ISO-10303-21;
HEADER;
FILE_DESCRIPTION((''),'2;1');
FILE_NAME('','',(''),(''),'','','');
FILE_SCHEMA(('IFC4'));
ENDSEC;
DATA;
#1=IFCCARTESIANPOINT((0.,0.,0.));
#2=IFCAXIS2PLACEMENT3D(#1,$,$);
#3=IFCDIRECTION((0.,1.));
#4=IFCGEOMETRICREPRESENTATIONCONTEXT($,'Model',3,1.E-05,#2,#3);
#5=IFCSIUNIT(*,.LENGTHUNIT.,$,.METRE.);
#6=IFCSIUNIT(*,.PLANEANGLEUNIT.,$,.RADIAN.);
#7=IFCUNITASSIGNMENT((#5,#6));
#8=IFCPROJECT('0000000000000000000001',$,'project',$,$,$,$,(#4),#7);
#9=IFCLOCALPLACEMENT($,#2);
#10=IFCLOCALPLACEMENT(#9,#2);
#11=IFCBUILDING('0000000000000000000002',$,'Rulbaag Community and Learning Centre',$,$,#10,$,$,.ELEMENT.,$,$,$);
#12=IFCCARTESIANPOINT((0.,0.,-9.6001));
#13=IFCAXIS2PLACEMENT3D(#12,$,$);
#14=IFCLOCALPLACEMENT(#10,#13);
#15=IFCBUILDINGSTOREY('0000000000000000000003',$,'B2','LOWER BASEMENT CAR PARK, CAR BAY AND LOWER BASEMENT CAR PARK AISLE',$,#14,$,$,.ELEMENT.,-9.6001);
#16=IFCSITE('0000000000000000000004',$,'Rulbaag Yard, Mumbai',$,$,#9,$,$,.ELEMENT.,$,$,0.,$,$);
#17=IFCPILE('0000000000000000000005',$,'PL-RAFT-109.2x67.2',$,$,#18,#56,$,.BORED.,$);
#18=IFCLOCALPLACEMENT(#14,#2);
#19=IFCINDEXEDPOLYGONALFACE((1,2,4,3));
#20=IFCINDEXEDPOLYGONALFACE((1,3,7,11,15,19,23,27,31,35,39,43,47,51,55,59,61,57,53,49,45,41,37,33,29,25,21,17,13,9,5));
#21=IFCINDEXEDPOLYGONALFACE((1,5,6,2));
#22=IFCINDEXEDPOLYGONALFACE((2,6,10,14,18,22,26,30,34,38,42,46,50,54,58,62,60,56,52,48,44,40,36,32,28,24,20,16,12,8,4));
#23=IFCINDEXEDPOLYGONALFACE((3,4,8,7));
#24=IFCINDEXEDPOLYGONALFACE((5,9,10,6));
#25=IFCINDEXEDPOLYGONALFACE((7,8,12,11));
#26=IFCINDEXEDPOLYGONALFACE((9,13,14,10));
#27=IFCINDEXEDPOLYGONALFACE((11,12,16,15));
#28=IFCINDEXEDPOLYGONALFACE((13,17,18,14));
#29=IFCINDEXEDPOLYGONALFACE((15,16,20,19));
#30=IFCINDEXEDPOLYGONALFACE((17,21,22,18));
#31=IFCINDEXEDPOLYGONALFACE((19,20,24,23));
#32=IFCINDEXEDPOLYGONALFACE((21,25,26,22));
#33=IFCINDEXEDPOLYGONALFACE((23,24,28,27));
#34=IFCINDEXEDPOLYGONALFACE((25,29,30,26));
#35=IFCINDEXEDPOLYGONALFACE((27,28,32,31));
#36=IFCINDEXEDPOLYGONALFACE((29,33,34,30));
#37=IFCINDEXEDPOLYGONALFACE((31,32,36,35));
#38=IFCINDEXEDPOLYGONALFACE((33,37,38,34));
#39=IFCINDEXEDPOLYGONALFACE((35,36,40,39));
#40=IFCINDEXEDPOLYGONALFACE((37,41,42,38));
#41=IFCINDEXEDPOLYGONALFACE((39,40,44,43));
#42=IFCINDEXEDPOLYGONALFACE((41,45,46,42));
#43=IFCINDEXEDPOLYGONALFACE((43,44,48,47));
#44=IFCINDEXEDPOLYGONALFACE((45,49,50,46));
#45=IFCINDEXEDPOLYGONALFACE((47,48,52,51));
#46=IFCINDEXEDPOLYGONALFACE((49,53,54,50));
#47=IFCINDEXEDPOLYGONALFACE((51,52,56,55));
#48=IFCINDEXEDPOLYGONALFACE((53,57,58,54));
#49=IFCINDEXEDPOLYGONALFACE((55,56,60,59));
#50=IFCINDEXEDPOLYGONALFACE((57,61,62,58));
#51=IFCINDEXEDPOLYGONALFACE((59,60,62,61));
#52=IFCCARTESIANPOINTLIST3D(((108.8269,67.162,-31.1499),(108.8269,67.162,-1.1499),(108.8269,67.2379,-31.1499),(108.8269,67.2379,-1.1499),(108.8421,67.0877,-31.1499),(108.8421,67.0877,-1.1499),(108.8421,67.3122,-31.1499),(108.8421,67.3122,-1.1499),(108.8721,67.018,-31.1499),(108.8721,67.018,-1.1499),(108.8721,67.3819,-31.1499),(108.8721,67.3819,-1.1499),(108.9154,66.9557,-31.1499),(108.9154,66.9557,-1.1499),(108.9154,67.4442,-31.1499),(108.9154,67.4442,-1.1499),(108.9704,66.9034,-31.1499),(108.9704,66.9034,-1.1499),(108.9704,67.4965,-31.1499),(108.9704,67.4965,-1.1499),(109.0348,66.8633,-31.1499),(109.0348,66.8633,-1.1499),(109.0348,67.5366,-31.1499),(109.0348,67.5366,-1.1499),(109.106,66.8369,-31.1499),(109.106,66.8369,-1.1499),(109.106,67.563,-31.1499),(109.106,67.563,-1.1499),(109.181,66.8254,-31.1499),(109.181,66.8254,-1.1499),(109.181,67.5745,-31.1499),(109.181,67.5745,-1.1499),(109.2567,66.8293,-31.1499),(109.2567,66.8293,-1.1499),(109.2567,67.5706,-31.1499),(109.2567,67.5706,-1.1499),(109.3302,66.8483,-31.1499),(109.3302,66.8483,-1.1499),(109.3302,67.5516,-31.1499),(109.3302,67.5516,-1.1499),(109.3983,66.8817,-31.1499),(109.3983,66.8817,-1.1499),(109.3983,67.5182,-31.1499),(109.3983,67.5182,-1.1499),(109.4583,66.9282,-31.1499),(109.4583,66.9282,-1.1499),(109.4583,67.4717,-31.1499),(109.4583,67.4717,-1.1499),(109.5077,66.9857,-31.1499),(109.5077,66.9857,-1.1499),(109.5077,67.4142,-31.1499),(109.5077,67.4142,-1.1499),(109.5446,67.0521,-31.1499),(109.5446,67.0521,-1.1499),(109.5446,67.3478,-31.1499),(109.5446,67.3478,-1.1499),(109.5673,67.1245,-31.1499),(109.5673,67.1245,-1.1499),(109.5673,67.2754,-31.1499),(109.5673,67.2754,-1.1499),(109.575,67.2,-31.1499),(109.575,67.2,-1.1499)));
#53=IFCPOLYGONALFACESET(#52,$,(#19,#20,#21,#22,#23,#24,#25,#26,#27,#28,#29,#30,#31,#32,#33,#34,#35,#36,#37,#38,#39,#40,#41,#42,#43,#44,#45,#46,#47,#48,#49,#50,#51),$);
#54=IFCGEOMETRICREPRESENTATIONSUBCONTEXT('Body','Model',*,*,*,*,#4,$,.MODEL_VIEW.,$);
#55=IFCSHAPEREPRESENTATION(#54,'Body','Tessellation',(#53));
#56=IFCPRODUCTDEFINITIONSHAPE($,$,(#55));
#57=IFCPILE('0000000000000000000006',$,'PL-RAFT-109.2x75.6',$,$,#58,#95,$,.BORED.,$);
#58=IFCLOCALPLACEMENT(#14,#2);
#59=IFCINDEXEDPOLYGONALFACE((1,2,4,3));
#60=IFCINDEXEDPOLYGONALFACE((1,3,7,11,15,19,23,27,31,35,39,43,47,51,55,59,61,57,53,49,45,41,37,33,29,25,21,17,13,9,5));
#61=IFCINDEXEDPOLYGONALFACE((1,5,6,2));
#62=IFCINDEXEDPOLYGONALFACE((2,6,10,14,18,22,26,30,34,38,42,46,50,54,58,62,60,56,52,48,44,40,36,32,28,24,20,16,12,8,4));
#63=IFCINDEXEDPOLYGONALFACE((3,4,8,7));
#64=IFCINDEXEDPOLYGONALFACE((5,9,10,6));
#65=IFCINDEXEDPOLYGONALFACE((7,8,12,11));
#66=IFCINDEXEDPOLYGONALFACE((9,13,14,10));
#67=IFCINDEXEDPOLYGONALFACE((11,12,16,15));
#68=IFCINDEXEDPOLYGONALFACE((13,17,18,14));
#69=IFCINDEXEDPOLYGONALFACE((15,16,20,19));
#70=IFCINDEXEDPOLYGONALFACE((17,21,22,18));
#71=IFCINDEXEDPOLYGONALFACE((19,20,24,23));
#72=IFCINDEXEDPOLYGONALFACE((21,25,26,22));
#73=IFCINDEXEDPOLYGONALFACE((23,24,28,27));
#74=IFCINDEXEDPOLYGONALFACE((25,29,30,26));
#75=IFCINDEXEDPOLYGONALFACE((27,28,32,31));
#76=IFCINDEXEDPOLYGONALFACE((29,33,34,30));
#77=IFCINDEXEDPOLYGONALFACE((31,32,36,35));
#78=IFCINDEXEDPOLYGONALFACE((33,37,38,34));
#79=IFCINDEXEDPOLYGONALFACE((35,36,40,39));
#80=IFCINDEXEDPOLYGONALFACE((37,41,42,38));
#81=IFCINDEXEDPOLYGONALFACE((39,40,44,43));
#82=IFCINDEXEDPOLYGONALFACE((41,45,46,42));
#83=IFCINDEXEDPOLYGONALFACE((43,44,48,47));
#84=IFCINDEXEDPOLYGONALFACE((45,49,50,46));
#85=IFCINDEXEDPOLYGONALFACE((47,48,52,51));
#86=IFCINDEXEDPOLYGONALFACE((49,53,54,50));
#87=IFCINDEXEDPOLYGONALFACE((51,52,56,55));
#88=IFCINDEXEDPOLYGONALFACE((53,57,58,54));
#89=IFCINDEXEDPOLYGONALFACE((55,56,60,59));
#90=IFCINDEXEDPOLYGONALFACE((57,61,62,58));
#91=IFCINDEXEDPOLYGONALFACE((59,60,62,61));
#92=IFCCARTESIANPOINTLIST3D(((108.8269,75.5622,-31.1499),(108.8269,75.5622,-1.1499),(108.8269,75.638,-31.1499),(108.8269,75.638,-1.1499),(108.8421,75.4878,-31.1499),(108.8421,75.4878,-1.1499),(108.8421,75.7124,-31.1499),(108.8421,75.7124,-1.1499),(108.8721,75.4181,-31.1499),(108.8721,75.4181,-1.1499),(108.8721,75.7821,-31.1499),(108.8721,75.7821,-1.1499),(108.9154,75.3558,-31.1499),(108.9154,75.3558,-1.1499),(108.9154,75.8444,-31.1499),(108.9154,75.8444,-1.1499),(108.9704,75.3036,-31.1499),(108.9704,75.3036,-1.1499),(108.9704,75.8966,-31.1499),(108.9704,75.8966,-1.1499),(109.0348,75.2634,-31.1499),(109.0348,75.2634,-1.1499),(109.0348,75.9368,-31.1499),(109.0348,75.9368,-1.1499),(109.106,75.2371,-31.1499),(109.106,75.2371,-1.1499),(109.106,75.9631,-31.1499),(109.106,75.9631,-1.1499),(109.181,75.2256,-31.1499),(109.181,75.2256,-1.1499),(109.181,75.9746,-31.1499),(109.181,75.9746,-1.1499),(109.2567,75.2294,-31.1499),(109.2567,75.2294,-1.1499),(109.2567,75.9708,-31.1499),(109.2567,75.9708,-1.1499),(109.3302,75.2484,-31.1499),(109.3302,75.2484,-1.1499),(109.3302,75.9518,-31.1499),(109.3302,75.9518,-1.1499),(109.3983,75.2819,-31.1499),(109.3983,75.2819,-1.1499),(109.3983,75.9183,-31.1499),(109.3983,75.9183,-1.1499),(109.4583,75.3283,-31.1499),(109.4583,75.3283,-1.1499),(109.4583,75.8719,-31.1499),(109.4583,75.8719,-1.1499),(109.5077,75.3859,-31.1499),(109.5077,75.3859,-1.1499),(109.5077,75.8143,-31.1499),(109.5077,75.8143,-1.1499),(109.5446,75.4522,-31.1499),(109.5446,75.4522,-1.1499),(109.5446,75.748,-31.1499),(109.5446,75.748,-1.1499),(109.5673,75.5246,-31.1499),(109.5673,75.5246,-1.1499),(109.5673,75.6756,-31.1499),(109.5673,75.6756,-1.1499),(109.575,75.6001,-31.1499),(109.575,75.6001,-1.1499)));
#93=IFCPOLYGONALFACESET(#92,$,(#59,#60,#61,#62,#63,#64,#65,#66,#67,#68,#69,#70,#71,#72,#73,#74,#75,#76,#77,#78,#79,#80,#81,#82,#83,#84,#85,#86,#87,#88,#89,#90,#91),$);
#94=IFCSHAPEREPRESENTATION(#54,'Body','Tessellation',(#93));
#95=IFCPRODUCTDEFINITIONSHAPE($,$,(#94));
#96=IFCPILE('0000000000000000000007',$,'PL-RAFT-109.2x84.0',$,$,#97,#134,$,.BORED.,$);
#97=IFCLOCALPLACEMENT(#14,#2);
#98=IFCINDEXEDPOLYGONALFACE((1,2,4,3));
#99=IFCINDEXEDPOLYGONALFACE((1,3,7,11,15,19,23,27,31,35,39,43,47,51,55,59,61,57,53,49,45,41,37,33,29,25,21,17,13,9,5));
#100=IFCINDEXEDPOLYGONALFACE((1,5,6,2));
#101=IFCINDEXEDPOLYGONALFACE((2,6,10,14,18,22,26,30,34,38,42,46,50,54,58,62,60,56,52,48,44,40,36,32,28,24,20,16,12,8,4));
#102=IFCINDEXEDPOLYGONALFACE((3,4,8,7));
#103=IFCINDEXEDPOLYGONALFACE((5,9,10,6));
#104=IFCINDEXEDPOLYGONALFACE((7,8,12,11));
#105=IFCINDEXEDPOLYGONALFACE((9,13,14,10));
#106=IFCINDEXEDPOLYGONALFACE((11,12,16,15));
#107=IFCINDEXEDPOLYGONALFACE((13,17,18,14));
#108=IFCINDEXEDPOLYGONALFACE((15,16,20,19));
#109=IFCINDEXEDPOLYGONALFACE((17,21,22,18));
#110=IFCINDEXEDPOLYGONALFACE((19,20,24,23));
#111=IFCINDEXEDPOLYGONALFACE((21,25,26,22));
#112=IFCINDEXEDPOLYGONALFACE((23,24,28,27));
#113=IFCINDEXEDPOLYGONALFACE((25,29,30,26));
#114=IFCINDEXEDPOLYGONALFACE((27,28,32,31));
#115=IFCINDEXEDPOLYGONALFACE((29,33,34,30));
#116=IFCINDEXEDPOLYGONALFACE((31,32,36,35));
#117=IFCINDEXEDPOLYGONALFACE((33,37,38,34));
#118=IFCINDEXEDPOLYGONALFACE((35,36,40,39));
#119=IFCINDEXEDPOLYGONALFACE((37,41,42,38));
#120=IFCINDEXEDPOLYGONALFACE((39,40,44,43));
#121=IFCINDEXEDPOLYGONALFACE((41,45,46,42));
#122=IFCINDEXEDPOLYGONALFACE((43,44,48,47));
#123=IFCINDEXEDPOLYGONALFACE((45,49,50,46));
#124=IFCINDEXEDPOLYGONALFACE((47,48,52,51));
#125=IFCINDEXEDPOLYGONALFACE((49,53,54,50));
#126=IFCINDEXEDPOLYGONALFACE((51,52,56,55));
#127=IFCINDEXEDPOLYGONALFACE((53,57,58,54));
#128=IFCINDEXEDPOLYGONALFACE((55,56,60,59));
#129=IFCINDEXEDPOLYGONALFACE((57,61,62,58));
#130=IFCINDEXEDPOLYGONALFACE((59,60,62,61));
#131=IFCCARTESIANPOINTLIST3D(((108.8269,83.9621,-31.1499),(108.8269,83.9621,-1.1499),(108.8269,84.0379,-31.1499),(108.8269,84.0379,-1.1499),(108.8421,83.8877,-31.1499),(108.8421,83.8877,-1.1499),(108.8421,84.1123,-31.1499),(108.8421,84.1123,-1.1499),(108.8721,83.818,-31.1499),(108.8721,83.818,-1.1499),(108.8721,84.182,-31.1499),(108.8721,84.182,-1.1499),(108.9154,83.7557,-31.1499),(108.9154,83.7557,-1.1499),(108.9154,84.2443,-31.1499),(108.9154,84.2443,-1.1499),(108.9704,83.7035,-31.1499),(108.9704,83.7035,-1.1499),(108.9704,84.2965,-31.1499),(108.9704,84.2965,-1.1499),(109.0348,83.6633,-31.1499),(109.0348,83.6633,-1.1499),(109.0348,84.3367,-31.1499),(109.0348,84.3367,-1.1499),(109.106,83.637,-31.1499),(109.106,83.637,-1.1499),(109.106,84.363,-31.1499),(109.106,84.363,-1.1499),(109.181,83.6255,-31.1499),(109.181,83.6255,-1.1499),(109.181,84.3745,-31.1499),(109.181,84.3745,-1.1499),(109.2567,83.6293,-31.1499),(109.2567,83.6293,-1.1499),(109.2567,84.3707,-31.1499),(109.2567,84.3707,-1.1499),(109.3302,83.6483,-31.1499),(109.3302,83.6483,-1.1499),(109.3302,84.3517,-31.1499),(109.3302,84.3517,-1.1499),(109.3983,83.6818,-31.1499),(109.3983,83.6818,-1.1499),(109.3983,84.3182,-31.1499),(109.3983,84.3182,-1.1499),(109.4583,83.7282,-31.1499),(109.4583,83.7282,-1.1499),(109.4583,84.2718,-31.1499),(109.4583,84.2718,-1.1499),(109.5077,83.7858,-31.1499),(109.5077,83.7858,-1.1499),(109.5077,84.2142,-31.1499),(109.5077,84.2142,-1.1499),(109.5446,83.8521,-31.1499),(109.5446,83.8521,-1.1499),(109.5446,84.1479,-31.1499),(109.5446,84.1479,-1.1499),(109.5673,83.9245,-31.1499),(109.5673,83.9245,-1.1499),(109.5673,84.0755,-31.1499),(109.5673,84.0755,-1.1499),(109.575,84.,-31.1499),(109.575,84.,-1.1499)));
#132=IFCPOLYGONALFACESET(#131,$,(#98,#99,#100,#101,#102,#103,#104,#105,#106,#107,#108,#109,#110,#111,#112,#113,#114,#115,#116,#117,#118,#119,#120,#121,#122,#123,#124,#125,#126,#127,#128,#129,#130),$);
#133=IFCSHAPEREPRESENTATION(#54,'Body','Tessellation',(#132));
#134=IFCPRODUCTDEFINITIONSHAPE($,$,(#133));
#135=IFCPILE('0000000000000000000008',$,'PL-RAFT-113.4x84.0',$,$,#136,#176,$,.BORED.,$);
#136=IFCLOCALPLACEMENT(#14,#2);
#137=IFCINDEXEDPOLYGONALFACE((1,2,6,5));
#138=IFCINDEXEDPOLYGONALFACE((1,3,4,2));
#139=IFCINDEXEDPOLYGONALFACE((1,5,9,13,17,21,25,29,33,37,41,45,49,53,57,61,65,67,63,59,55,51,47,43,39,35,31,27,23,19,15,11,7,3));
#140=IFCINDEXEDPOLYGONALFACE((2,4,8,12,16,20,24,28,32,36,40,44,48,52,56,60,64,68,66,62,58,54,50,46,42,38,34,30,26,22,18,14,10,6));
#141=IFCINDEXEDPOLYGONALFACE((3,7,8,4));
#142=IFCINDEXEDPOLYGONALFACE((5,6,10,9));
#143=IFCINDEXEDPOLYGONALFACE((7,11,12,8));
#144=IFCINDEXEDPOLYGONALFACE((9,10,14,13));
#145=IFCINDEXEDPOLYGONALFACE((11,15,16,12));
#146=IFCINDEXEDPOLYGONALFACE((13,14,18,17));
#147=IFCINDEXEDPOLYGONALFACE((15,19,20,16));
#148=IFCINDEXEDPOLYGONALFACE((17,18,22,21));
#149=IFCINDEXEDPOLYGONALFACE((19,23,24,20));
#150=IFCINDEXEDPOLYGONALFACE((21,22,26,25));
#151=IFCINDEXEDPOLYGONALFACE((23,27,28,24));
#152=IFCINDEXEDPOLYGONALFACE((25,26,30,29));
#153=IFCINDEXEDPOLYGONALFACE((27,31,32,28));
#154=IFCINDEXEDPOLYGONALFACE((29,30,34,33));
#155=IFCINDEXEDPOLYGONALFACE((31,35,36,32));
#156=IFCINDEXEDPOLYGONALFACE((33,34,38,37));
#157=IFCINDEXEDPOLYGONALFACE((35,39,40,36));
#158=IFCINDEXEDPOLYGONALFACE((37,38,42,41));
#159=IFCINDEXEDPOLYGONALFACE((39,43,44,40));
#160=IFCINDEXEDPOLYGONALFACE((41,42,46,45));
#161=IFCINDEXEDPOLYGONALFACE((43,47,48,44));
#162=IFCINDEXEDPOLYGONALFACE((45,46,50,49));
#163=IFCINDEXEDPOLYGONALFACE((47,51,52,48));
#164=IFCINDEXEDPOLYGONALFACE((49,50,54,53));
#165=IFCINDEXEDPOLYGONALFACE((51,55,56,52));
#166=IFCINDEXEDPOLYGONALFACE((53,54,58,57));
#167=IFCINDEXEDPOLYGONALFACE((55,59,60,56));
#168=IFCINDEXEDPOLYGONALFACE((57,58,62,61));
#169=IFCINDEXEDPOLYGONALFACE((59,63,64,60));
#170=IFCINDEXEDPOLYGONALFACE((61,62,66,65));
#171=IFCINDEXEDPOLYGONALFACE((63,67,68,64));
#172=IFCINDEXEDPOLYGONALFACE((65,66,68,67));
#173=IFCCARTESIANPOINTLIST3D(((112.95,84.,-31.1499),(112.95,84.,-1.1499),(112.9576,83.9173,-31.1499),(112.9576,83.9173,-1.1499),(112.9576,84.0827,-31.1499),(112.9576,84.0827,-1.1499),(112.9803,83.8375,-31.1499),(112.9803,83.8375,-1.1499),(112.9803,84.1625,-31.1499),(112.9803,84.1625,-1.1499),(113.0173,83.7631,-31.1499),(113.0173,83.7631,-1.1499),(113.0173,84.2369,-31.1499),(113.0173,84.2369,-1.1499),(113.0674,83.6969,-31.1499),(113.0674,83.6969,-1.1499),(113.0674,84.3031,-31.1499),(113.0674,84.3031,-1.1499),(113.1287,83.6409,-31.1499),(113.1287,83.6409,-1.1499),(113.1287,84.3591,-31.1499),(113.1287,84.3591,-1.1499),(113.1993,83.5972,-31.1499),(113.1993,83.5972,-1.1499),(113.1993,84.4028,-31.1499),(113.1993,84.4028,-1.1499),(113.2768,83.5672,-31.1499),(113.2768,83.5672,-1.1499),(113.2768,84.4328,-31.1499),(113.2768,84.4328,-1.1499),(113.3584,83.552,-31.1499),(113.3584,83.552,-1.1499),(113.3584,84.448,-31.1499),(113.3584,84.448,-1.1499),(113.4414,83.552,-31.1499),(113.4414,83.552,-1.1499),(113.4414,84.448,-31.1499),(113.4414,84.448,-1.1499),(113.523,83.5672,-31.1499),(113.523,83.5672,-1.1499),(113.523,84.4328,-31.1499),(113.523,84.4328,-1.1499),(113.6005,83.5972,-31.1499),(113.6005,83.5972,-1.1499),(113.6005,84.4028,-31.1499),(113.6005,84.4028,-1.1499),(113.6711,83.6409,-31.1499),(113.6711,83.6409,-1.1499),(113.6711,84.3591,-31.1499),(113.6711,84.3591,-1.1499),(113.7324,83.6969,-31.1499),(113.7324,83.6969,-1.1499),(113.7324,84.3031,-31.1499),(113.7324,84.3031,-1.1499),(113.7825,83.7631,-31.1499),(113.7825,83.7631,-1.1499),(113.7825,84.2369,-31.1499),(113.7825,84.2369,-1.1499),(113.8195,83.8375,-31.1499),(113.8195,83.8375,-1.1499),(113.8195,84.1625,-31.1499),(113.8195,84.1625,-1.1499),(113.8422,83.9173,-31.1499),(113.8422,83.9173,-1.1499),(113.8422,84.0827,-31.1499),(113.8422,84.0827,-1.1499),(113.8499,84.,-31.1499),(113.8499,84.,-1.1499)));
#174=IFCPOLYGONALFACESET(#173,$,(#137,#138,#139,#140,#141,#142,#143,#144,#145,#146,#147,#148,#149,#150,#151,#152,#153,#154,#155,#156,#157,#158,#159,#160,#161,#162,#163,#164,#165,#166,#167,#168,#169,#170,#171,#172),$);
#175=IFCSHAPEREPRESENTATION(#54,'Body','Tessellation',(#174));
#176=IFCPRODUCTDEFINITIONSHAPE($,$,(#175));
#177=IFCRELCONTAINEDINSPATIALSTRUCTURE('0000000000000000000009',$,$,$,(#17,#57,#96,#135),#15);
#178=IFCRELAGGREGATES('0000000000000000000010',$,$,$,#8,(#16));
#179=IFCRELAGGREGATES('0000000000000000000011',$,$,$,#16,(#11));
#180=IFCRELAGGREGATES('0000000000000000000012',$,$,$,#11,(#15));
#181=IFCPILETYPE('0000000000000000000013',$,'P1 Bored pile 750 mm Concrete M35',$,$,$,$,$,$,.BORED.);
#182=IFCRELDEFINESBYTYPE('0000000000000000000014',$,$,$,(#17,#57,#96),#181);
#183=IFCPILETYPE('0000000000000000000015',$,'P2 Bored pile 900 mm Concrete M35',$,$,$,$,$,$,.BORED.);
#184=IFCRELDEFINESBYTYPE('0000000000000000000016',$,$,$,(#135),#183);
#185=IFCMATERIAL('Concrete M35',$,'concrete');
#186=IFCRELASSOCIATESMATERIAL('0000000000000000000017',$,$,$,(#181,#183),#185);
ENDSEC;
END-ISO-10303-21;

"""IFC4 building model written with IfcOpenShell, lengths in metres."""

from ifc_helpers import new_model, si_unit, direction, frame, origin, origin_2d, place, context, subcontext, project, spatial, circle, extrude, material, material_profile, profile_set, type_object, element, save


model = new_model("IFC4")

# Units and contexts
model_context = context("Model", 3, precision=1e-05, world=origin(), true_north=direction((0.0, 1.0)))
body_context = subcontext(model_context, "Body", "Model", "MODEL_VIEW")
ifc_project = project(units=[si_unit("LENGTHUNIT", "METRE"), si_unit("PLANEANGLEUNIT", "RADIAN")], contexts=[model_context])

# Site, building, storey
site_placement = place(None, origin())
site = spatial("IfcSite", under=ifc_project, at=site_placement, Name="Rulbaag Yard, Mumbai", CompositionType="ELEMENT", RefElevation=0.0)
building_placement = place(site_placement, origin())
building = spatial("IfcBuilding", under=site, at=building_placement, Name="Rulbaag Community and Learning Centre", CompositionType="ELEMENT")
storey_placement = place(building_placement, frame((0.0, 0.0, -9.6001)))
storey = spatial("IfcBuildingStorey", under=building, at=storey_placement, Name="B2", Description="LOWER BASEMENT CAR PARK, CAR BAY AND LOWER BASEMENT CAR PARK AISLE", CompositionType="ELEMENT", Elevation=-9.6001)

# Piles
ifc_material_1 = material(Name="Concrete M35", Category="concrete")
ifc_material_profile_1 = material_profile(ifc_material_1, circle(Radius=0.375, at=origin_2d()), Name="BP750")
ifc_profile_set_1 = profile_set([ifc_material_profile_1], Name="Concrete M35")
pile_type_1 = type_object("IfcPileType", Name="P1 Bored pile 750 mm Concrete M35", PredefinedType="BORED", material=ifc_profile_set_1)
for number, where, z_axis, x_axis, name in (
    (1, (109.2, 67.2, -1.1499), (0.0, 0.0, -1.0), (1.0, 0.0, 0.0), "PL-RAFT-109.2x67.2"),
    (2, (109.2, 75.6001, -1.1499), (0.0, 0.0, -1.0), (1.0, 0.0, 0.0), "PL-RAFT-109.2x75.6"),
    (3, (109.2, 84.0, -1.1499), (0.0, 0.0, -1.0), (1.0, 0.0, 0.0), "PL-RAFT-109.2x84.0"),
):
    element("IfcPile", number, at=place(storey_placement, frame(where, z_axis=z_axis, x_axis=x_axis)), inside=storey, type_object=pile_type_1, Name=name, PredefinedType="BORED", context=body_context, shape_type="SweptSolid", body=[
        extrude(circle(Radius=0.375, at=origin_2d()), origin(), (0.0, 0.0, 1.0), 30.0),
    ])
ifc_material_profile_2 = material_profile(ifc_material_1, circle(Radius=0.45, at=origin_2d()), Name="BP900")
ifc_profile_set_2 = profile_set([ifc_material_profile_2], Name="Concrete M35")
pile_type_2 = type_object("IfcPileType", Name="P2 Bored pile 900 mm Concrete M35", PredefinedType="BORED", material=ifc_profile_set_2)
for number, where, z_axis, x_axis, name in (
    (4, (113.3999, 84.0, -1.1499), (0.0, 0.0, -1.0), (1.0, 0.0, 0.0), "PL-RAFT-113.4x84.0"),
):
    element("IfcPile", number, at=place(storey_placement, frame(where, z_axis=z_axis, x_axis=x_axis)), inside=storey, type_object=pile_type_2, Name=name, PredefinedType="BORED", context=body_context, shape_type="SweptSolid", body=[
        extrude(circle(Radius=0.45, at=origin_2d()), origin(), (0.0, 0.0, 1.0), 30.0),
    ])

save(model, "model.ifc")
